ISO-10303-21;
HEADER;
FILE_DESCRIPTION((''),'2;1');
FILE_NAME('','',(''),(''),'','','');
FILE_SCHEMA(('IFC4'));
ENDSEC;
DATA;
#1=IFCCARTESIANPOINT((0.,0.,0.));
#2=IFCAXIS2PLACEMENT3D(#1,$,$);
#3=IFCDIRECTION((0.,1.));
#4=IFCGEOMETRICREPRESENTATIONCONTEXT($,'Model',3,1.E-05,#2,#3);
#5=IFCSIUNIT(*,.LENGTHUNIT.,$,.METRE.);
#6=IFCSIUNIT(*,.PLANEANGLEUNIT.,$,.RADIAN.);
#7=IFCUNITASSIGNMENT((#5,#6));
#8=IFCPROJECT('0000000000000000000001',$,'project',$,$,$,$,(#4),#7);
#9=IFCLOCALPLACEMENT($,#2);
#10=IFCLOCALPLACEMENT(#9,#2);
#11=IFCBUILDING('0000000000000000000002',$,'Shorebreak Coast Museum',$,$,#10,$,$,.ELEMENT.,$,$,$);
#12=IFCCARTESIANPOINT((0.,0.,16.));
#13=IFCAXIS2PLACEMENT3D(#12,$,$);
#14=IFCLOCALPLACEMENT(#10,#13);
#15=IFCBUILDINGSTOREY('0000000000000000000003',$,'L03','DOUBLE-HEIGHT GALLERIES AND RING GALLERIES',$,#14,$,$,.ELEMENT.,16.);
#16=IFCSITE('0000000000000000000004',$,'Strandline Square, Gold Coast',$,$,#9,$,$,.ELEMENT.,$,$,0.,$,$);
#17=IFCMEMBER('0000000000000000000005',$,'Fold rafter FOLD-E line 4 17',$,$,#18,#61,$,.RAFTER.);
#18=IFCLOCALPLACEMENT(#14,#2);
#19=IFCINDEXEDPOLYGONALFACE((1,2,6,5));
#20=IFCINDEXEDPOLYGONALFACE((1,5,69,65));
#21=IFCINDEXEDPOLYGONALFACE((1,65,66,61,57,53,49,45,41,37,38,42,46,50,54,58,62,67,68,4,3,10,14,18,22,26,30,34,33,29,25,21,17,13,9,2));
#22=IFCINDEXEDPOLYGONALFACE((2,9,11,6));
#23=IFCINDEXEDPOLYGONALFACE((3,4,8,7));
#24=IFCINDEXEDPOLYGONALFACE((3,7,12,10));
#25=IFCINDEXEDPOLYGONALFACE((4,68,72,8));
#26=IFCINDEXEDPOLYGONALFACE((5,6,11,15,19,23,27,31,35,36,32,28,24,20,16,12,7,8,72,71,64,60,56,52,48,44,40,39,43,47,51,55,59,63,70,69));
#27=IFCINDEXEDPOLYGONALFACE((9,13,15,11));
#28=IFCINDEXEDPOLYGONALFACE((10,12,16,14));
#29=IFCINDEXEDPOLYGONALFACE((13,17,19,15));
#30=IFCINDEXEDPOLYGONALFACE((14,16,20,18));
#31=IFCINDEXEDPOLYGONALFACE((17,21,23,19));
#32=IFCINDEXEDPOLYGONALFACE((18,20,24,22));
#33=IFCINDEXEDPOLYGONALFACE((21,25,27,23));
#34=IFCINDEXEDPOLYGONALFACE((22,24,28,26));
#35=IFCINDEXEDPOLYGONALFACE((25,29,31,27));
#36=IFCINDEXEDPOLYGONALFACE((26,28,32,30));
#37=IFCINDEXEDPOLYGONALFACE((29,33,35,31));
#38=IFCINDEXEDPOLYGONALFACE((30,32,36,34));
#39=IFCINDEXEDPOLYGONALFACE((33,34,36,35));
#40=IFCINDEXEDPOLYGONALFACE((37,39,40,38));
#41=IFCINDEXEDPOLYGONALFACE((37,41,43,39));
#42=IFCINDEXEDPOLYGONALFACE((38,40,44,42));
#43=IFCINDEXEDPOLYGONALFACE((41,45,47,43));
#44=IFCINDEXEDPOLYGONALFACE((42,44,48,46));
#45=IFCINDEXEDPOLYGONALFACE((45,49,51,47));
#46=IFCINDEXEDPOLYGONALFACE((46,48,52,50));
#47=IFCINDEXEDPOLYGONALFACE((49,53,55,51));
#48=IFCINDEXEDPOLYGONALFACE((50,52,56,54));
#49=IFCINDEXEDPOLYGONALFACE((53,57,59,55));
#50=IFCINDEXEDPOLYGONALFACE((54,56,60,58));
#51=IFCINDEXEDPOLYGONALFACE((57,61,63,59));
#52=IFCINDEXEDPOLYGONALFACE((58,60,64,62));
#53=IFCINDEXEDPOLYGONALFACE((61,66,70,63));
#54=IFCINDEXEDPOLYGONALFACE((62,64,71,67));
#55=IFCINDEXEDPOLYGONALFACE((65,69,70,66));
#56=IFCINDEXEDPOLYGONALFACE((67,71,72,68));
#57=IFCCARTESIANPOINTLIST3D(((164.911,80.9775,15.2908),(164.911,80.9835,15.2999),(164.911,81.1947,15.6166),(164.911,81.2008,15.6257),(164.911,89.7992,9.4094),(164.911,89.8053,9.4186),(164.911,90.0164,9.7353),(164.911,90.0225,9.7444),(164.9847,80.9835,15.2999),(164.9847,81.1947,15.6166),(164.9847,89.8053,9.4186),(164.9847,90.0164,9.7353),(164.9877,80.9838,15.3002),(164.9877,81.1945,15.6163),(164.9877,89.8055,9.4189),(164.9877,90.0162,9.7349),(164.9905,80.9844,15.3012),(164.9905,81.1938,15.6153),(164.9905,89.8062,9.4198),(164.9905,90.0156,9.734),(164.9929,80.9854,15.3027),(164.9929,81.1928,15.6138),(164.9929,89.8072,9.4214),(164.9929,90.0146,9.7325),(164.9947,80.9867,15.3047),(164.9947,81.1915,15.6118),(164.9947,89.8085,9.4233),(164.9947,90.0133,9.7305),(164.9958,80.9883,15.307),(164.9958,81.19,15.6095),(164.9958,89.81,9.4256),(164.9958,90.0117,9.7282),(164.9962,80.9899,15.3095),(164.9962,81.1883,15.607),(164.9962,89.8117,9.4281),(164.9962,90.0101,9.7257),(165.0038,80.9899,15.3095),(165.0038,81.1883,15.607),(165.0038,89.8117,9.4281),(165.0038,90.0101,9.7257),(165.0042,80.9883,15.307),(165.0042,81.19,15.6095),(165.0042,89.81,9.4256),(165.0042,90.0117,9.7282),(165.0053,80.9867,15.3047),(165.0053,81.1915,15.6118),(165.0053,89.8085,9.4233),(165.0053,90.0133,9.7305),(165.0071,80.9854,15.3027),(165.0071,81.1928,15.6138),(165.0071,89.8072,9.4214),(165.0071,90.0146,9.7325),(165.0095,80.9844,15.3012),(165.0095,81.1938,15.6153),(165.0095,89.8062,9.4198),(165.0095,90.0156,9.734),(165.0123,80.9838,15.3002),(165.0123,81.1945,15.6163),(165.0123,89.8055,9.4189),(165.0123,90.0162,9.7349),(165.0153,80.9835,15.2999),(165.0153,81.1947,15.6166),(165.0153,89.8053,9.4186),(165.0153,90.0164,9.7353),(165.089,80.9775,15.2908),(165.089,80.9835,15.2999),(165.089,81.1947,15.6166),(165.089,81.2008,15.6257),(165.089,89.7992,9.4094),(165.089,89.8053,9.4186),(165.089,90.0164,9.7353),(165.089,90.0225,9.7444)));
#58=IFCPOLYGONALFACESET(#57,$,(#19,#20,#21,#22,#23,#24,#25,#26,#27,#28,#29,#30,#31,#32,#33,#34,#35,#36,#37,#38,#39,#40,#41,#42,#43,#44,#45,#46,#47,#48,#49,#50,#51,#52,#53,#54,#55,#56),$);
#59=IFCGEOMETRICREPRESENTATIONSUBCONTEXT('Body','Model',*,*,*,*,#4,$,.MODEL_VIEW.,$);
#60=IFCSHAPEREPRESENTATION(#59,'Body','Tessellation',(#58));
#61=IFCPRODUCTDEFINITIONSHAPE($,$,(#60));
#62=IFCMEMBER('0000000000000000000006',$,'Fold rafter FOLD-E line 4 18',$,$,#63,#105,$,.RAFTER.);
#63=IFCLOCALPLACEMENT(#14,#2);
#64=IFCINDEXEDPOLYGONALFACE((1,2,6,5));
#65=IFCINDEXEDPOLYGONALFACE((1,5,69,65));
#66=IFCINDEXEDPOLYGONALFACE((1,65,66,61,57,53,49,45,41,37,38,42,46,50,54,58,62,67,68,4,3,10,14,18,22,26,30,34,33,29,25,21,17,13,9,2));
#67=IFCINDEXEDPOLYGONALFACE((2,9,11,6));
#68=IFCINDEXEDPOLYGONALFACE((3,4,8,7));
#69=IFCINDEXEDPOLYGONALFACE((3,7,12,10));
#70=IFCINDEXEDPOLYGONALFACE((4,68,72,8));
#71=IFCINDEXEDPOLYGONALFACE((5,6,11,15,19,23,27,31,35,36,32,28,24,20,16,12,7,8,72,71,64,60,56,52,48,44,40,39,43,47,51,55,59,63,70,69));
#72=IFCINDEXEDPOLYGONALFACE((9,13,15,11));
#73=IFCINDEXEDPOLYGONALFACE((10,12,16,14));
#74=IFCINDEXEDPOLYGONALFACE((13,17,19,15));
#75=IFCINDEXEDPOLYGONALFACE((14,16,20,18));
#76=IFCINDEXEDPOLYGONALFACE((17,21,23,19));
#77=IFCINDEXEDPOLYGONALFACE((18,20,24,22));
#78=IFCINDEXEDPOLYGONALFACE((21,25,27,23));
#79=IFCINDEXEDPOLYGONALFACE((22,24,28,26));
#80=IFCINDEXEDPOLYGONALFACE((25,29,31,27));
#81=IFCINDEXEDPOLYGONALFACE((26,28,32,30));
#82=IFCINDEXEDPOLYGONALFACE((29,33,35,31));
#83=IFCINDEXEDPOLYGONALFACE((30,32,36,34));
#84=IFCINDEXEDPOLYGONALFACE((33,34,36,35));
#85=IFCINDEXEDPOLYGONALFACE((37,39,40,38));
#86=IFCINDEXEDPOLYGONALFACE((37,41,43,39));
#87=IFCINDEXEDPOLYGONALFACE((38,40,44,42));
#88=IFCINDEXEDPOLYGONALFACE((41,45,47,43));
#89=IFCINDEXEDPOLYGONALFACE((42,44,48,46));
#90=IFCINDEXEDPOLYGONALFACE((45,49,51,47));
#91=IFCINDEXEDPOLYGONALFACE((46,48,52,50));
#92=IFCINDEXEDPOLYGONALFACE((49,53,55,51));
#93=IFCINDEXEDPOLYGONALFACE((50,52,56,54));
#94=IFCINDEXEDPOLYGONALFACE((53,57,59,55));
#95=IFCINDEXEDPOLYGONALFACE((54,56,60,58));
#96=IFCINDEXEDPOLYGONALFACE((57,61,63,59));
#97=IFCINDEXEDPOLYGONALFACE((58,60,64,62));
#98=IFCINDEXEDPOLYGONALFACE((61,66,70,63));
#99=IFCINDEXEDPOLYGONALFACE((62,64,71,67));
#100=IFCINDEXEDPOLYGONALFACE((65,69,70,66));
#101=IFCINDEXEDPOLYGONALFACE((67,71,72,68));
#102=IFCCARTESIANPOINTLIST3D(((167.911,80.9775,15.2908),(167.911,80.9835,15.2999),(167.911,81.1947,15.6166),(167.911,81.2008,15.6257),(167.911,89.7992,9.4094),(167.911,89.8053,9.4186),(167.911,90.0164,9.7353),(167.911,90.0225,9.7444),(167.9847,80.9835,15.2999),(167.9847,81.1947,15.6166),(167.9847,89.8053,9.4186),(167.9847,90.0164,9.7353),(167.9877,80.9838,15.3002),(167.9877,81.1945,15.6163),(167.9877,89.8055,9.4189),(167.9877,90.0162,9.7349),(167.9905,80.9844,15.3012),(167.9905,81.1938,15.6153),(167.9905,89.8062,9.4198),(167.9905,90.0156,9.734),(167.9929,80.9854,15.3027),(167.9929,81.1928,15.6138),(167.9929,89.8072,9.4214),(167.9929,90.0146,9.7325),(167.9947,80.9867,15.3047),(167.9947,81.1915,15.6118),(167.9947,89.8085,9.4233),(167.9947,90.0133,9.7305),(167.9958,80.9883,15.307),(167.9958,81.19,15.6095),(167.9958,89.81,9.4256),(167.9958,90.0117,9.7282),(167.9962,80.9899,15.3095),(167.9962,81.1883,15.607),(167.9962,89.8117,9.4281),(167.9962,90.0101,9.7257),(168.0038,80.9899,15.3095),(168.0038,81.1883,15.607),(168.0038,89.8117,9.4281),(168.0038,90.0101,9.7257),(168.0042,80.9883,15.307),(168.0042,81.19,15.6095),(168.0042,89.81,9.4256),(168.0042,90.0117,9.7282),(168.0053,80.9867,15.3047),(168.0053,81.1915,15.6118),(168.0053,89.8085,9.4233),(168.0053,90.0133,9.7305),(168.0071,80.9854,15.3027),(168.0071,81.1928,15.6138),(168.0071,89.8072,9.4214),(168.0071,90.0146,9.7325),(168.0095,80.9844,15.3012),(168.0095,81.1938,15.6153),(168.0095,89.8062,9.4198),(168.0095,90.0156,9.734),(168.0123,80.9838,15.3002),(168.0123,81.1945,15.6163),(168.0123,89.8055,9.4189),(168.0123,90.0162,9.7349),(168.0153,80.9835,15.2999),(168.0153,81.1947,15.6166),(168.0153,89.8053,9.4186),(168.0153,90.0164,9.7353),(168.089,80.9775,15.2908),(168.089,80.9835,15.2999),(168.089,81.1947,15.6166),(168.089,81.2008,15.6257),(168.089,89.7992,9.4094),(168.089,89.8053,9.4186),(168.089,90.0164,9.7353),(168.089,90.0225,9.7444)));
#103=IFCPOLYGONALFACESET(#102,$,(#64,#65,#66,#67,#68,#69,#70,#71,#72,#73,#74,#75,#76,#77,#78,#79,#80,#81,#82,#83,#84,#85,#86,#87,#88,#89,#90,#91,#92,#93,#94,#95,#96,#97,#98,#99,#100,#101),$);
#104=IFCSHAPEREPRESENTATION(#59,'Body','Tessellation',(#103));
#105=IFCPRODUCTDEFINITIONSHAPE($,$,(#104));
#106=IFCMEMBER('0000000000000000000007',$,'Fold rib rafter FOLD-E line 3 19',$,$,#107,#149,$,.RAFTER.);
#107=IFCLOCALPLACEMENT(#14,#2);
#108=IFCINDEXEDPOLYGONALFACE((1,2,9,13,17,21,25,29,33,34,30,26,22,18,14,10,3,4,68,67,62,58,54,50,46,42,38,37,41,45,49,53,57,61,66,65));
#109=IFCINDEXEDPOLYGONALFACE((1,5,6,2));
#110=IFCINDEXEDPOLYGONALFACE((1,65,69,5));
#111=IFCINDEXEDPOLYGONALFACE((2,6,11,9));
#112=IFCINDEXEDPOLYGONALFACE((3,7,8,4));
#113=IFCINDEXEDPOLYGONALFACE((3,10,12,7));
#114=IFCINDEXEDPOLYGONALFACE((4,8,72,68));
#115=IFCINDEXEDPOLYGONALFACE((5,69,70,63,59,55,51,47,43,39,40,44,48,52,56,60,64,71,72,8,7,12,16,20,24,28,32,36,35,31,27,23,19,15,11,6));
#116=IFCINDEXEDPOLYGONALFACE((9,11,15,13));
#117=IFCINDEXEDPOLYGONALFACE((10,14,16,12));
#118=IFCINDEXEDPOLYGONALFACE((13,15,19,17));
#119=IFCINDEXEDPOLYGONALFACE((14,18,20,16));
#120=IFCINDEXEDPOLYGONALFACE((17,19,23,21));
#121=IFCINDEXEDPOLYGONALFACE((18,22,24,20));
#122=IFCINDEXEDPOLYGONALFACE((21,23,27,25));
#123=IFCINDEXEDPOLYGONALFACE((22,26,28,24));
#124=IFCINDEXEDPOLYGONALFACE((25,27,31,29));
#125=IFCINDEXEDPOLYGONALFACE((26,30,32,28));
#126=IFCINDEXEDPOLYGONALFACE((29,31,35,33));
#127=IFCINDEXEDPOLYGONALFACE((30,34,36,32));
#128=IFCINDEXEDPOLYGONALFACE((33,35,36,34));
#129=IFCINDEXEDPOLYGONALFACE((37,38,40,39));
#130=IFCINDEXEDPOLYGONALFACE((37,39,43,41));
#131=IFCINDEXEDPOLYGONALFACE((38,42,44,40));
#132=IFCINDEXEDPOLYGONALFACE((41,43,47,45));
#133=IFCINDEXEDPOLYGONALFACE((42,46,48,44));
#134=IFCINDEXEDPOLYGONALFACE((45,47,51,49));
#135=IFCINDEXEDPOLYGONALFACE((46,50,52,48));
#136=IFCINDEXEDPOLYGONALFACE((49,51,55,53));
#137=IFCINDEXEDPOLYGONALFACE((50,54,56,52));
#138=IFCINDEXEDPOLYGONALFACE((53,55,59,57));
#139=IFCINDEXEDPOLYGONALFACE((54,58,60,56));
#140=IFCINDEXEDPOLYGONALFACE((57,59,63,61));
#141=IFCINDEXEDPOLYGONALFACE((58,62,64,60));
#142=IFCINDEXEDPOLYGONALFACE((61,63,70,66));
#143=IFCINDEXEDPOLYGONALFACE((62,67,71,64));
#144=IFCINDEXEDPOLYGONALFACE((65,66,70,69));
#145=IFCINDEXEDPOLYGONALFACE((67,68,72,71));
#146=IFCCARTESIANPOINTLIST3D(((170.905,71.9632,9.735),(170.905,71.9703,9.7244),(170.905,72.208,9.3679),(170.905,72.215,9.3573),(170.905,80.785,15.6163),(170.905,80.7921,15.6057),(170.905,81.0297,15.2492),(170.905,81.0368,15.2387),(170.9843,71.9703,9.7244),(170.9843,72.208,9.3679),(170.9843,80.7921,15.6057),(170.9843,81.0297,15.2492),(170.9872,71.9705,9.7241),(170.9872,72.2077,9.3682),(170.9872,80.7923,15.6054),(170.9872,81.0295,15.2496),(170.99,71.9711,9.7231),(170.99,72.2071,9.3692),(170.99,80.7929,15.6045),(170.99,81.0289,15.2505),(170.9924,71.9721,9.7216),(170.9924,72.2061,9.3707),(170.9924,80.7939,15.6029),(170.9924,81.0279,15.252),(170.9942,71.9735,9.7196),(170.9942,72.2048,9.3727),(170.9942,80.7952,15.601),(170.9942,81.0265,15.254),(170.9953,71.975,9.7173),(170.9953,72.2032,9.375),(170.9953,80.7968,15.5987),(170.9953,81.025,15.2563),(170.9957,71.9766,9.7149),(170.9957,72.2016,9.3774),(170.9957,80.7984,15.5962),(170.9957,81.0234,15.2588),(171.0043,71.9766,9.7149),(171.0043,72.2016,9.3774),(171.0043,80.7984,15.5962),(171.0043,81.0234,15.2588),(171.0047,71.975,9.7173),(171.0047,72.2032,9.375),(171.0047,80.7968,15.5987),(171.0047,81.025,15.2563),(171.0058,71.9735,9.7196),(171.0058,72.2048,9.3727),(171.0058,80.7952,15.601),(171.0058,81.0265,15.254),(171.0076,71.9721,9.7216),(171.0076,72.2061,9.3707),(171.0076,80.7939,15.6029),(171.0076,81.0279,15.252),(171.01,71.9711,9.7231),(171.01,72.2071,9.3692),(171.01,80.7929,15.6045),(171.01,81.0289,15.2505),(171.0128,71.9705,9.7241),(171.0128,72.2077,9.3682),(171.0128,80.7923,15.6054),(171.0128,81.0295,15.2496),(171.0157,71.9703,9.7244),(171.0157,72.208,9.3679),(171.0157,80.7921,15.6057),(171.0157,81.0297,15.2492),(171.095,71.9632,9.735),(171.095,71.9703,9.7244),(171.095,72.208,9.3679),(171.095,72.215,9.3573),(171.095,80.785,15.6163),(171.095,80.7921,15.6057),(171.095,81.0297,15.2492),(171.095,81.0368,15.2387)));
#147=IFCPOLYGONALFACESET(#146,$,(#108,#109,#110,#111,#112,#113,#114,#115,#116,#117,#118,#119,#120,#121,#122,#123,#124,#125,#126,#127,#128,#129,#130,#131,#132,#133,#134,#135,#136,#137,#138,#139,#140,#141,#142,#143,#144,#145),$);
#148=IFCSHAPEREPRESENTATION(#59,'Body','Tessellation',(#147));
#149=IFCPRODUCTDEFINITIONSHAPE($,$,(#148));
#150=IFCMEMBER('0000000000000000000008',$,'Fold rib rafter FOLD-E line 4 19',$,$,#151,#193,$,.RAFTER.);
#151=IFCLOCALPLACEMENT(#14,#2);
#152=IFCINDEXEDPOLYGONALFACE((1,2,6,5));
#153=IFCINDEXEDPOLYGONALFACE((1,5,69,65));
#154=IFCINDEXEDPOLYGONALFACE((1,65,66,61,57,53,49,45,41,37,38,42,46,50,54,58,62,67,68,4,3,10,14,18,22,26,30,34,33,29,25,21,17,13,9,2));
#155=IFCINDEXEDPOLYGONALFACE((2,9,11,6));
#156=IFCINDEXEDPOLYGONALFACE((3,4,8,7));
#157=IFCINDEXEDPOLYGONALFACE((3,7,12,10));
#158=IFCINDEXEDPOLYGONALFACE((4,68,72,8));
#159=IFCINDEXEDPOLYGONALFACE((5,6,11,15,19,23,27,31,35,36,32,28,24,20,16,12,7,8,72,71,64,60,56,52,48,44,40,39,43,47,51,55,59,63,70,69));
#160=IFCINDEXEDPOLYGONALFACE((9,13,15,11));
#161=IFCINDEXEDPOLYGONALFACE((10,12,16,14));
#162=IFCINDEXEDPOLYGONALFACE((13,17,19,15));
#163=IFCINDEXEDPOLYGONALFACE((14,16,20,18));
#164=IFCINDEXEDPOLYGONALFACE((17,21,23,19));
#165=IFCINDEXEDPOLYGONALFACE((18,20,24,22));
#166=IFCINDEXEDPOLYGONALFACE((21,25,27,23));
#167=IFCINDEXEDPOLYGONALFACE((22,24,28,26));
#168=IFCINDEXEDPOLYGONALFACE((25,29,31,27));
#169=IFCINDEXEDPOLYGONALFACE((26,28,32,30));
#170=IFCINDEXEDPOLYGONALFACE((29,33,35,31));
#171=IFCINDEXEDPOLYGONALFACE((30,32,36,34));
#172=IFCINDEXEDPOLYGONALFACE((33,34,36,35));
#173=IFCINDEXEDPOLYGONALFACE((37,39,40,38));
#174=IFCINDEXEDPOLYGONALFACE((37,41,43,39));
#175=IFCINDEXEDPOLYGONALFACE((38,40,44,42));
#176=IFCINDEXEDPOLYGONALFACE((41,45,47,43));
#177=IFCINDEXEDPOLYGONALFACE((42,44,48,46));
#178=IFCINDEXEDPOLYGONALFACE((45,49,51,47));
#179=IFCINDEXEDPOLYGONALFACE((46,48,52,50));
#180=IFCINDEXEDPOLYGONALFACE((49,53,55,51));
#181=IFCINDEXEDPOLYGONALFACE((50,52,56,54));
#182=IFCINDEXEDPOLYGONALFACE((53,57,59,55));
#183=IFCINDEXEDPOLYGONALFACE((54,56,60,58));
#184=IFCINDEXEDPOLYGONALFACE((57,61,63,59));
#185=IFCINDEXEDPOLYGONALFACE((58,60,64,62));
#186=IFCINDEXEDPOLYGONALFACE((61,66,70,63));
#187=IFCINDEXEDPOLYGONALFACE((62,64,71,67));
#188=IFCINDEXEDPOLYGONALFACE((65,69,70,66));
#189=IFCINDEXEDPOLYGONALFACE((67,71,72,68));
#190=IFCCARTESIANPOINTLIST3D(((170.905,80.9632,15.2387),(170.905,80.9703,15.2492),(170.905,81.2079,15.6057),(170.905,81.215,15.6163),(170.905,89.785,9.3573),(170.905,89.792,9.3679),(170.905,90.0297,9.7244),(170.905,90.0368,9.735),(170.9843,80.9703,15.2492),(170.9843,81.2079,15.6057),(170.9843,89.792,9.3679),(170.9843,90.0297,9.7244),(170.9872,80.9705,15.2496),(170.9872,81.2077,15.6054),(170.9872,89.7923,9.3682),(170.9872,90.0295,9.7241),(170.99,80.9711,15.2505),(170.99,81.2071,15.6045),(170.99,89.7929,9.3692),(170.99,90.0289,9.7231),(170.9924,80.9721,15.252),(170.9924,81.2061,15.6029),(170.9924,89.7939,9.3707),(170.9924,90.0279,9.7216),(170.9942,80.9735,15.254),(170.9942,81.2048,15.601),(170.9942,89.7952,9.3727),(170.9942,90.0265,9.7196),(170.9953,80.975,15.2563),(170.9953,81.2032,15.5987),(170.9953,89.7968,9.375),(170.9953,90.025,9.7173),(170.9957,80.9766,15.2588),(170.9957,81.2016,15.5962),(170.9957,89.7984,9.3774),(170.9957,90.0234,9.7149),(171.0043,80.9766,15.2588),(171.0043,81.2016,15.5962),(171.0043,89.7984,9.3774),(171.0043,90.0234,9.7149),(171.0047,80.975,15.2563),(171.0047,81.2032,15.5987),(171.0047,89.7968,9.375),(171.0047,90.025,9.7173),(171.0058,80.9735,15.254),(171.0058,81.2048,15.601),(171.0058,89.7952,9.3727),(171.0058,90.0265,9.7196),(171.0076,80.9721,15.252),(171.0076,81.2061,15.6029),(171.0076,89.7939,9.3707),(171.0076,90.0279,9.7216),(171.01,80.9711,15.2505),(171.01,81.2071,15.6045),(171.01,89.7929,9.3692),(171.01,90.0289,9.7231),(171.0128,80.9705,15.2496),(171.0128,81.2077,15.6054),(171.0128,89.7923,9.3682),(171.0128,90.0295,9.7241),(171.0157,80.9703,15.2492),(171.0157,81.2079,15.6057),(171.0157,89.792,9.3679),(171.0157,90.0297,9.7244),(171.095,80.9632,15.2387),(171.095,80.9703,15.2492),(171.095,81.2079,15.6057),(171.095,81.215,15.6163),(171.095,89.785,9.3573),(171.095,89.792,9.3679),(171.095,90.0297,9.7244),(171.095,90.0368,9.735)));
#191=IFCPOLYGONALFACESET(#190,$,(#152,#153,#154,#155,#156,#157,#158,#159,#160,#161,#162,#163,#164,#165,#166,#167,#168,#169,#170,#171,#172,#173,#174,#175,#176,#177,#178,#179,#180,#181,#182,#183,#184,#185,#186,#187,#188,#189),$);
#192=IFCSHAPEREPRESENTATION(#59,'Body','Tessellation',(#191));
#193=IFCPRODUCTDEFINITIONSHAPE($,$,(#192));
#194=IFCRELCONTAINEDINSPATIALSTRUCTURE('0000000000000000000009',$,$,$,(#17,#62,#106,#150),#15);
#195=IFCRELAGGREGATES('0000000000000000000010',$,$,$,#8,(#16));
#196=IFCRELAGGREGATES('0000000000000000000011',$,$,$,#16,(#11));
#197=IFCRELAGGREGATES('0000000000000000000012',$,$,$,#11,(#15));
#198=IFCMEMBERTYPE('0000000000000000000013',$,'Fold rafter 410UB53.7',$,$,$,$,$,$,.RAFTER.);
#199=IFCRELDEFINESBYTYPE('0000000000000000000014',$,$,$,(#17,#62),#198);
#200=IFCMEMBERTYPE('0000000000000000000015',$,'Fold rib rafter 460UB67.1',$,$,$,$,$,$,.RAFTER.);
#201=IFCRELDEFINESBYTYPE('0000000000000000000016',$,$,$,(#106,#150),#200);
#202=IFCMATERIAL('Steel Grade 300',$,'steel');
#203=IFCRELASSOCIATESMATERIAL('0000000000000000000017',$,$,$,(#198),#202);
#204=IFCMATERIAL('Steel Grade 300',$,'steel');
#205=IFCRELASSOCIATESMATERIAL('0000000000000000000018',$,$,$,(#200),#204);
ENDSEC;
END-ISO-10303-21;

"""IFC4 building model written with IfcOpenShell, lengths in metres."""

from ifc_helpers import new_model, si_unit, direction, frame, origin, origin_2d, place, context, subcontext, project, spatial, i_section, extrude, material, material_profile, profile_set, type_object, element, save


model = new_model("IFC4")

# Units and contexts
model_context = context("Model", 3, precision=1e-05, world=origin(), true_north=direction((0.0, 1.0)))
body_context = subcontext(model_context, "Body", "Model", "MODEL_VIEW")
ifc_project = project(units=[si_unit("LENGTHUNIT", "METRE"), si_unit("PLANEANGLEUNIT", "RADIAN")], contexts=[model_context])

# Site, building, storey
site_placement = place(None, origin())
site = spatial("IfcSite", under=ifc_project, at=site_placement, Name="Strandline Square, Gold Coast", CompositionType="ELEMENT", RefElevation=0.0)
building_placement = place(site_placement, origin())
building = spatial("IfcBuilding", under=site, at=building_placement, Name="Shorebreak Coast Museum", CompositionType="ELEMENT")
storey_placement = place(building_placement, frame((0.0, 0.0, 16.0)))
storey = spatial("IfcBuildingStorey", under=building, at=storey_placement, Name="L03", Description="DOUBLE-HEIGHT GALLERIES AND RING GALLERIES", CompositionType="ELEMENT", Elevation=16.0)

# Members
ifc_material_1 = material(Name="Steel Grade 300", Category="steel")
ifc_material_profile_1 = material_profile(ifc_material_1, i_section(OverallWidth=0.178, OverallDepth=0.4026, WebThickness=0.0076, FlangeThickness=0.011, FilletRadius=0.0115, at=origin_2d()), Name="410UB53.7")
ifc_profile_set_1 = profile_set([ifc_material_profile_1], Name="Steel Grade 300")
member_type_1 = type_object("IfcMemberType", Name="Fold rafter 410UB53.7", PredefinedType="RAFTER", material=ifc_profile_set_1)
for number, where, z_axis, x_axis, name in (
    (1, (165.0, 81.0891, 15.4583), (0.0, 0.832043, -0.554711), (-1.0, 0.0, 0.0), "Fold rafter FOLD-E line 4 17"),
    (2, (168.0, 81.0891, 15.4583), (0.0, 0.832043, -0.554711), (-1.0, 0.0, 0.0), "Fold rafter FOLD-E line 4 18"),
):
    element("IfcMember", number, at=place(storey_placement, frame(where, z_axis=z_axis, x_axis=x_axis)), inside=storey, type_object=member_type_1, Name=name, PredefinedType="RAFTER", context=body_context, shape_type="SweptSolid", body=[
        extrude(i_section(OverallWidth=0.178, OverallDepth=0.4026, WebThickness=0.0076, FlangeThickness=0.011, FilletRadius=0.0115, at=origin_2d()), origin(), (0.0, 0.0, 1.0), 10.6025),
    ])
ifc_material_2 = material(Name="Steel Grade 300", Category="steel")
ifc_material_profile_2 = material_profile(ifc_material_2, i_section(OverallWidth=0.1899, OverallDepth=0.4539, WebThickness=0.0085, FlangeThickness=0.0127, FilletRadius=0.0115, at=origin_2d()), Name="460UB67.1")
ifc_profile_set_2 = profile_set([ifc_material_profile_2], Name="Steel Grade 300")
member_type_2 = type_object("IfcMemberType", Name="Fold rib rafter 460UB67.1", PredefinedType="RAFTER", material=ifc_profile_set_2)
for number, where, z_axis, x_axis, name in (
    (3, (171.0, 80.9109, 15.4275), (0.0, -0.832043, -0.554711), (1.0, 0.0, 0.0), "Fold rib rafter FOLD-E line 3 19"),
    (4, (171.0, 81.0891, 15.4275), (0.0, 0.832043, -0.554711), (-1.0, 0.0, 0.0), "Fold rib rafter FOLD-E line 4 19"),
):
    element("IfcMember", number, at=place(storey_placement, frame(where, z_axis=z_axis, x_axis=x_axis)), inside=storey, type_object=member_type_2, Name=name, PredefinedType="RAFTER", context=body_context, shape_type="SweptSolid", body=[
        extrude(i_section(OverallWidth=0.1899, OverallDepth=0.4539, WebThickness=0.0085, FlangeThickness=0.0127, FilletRadius=0.0115, at=origin_2d()), origin(), (0.0, 0.0, 1.0), 10.6025),
    ])

save(model, "model.ifc")
